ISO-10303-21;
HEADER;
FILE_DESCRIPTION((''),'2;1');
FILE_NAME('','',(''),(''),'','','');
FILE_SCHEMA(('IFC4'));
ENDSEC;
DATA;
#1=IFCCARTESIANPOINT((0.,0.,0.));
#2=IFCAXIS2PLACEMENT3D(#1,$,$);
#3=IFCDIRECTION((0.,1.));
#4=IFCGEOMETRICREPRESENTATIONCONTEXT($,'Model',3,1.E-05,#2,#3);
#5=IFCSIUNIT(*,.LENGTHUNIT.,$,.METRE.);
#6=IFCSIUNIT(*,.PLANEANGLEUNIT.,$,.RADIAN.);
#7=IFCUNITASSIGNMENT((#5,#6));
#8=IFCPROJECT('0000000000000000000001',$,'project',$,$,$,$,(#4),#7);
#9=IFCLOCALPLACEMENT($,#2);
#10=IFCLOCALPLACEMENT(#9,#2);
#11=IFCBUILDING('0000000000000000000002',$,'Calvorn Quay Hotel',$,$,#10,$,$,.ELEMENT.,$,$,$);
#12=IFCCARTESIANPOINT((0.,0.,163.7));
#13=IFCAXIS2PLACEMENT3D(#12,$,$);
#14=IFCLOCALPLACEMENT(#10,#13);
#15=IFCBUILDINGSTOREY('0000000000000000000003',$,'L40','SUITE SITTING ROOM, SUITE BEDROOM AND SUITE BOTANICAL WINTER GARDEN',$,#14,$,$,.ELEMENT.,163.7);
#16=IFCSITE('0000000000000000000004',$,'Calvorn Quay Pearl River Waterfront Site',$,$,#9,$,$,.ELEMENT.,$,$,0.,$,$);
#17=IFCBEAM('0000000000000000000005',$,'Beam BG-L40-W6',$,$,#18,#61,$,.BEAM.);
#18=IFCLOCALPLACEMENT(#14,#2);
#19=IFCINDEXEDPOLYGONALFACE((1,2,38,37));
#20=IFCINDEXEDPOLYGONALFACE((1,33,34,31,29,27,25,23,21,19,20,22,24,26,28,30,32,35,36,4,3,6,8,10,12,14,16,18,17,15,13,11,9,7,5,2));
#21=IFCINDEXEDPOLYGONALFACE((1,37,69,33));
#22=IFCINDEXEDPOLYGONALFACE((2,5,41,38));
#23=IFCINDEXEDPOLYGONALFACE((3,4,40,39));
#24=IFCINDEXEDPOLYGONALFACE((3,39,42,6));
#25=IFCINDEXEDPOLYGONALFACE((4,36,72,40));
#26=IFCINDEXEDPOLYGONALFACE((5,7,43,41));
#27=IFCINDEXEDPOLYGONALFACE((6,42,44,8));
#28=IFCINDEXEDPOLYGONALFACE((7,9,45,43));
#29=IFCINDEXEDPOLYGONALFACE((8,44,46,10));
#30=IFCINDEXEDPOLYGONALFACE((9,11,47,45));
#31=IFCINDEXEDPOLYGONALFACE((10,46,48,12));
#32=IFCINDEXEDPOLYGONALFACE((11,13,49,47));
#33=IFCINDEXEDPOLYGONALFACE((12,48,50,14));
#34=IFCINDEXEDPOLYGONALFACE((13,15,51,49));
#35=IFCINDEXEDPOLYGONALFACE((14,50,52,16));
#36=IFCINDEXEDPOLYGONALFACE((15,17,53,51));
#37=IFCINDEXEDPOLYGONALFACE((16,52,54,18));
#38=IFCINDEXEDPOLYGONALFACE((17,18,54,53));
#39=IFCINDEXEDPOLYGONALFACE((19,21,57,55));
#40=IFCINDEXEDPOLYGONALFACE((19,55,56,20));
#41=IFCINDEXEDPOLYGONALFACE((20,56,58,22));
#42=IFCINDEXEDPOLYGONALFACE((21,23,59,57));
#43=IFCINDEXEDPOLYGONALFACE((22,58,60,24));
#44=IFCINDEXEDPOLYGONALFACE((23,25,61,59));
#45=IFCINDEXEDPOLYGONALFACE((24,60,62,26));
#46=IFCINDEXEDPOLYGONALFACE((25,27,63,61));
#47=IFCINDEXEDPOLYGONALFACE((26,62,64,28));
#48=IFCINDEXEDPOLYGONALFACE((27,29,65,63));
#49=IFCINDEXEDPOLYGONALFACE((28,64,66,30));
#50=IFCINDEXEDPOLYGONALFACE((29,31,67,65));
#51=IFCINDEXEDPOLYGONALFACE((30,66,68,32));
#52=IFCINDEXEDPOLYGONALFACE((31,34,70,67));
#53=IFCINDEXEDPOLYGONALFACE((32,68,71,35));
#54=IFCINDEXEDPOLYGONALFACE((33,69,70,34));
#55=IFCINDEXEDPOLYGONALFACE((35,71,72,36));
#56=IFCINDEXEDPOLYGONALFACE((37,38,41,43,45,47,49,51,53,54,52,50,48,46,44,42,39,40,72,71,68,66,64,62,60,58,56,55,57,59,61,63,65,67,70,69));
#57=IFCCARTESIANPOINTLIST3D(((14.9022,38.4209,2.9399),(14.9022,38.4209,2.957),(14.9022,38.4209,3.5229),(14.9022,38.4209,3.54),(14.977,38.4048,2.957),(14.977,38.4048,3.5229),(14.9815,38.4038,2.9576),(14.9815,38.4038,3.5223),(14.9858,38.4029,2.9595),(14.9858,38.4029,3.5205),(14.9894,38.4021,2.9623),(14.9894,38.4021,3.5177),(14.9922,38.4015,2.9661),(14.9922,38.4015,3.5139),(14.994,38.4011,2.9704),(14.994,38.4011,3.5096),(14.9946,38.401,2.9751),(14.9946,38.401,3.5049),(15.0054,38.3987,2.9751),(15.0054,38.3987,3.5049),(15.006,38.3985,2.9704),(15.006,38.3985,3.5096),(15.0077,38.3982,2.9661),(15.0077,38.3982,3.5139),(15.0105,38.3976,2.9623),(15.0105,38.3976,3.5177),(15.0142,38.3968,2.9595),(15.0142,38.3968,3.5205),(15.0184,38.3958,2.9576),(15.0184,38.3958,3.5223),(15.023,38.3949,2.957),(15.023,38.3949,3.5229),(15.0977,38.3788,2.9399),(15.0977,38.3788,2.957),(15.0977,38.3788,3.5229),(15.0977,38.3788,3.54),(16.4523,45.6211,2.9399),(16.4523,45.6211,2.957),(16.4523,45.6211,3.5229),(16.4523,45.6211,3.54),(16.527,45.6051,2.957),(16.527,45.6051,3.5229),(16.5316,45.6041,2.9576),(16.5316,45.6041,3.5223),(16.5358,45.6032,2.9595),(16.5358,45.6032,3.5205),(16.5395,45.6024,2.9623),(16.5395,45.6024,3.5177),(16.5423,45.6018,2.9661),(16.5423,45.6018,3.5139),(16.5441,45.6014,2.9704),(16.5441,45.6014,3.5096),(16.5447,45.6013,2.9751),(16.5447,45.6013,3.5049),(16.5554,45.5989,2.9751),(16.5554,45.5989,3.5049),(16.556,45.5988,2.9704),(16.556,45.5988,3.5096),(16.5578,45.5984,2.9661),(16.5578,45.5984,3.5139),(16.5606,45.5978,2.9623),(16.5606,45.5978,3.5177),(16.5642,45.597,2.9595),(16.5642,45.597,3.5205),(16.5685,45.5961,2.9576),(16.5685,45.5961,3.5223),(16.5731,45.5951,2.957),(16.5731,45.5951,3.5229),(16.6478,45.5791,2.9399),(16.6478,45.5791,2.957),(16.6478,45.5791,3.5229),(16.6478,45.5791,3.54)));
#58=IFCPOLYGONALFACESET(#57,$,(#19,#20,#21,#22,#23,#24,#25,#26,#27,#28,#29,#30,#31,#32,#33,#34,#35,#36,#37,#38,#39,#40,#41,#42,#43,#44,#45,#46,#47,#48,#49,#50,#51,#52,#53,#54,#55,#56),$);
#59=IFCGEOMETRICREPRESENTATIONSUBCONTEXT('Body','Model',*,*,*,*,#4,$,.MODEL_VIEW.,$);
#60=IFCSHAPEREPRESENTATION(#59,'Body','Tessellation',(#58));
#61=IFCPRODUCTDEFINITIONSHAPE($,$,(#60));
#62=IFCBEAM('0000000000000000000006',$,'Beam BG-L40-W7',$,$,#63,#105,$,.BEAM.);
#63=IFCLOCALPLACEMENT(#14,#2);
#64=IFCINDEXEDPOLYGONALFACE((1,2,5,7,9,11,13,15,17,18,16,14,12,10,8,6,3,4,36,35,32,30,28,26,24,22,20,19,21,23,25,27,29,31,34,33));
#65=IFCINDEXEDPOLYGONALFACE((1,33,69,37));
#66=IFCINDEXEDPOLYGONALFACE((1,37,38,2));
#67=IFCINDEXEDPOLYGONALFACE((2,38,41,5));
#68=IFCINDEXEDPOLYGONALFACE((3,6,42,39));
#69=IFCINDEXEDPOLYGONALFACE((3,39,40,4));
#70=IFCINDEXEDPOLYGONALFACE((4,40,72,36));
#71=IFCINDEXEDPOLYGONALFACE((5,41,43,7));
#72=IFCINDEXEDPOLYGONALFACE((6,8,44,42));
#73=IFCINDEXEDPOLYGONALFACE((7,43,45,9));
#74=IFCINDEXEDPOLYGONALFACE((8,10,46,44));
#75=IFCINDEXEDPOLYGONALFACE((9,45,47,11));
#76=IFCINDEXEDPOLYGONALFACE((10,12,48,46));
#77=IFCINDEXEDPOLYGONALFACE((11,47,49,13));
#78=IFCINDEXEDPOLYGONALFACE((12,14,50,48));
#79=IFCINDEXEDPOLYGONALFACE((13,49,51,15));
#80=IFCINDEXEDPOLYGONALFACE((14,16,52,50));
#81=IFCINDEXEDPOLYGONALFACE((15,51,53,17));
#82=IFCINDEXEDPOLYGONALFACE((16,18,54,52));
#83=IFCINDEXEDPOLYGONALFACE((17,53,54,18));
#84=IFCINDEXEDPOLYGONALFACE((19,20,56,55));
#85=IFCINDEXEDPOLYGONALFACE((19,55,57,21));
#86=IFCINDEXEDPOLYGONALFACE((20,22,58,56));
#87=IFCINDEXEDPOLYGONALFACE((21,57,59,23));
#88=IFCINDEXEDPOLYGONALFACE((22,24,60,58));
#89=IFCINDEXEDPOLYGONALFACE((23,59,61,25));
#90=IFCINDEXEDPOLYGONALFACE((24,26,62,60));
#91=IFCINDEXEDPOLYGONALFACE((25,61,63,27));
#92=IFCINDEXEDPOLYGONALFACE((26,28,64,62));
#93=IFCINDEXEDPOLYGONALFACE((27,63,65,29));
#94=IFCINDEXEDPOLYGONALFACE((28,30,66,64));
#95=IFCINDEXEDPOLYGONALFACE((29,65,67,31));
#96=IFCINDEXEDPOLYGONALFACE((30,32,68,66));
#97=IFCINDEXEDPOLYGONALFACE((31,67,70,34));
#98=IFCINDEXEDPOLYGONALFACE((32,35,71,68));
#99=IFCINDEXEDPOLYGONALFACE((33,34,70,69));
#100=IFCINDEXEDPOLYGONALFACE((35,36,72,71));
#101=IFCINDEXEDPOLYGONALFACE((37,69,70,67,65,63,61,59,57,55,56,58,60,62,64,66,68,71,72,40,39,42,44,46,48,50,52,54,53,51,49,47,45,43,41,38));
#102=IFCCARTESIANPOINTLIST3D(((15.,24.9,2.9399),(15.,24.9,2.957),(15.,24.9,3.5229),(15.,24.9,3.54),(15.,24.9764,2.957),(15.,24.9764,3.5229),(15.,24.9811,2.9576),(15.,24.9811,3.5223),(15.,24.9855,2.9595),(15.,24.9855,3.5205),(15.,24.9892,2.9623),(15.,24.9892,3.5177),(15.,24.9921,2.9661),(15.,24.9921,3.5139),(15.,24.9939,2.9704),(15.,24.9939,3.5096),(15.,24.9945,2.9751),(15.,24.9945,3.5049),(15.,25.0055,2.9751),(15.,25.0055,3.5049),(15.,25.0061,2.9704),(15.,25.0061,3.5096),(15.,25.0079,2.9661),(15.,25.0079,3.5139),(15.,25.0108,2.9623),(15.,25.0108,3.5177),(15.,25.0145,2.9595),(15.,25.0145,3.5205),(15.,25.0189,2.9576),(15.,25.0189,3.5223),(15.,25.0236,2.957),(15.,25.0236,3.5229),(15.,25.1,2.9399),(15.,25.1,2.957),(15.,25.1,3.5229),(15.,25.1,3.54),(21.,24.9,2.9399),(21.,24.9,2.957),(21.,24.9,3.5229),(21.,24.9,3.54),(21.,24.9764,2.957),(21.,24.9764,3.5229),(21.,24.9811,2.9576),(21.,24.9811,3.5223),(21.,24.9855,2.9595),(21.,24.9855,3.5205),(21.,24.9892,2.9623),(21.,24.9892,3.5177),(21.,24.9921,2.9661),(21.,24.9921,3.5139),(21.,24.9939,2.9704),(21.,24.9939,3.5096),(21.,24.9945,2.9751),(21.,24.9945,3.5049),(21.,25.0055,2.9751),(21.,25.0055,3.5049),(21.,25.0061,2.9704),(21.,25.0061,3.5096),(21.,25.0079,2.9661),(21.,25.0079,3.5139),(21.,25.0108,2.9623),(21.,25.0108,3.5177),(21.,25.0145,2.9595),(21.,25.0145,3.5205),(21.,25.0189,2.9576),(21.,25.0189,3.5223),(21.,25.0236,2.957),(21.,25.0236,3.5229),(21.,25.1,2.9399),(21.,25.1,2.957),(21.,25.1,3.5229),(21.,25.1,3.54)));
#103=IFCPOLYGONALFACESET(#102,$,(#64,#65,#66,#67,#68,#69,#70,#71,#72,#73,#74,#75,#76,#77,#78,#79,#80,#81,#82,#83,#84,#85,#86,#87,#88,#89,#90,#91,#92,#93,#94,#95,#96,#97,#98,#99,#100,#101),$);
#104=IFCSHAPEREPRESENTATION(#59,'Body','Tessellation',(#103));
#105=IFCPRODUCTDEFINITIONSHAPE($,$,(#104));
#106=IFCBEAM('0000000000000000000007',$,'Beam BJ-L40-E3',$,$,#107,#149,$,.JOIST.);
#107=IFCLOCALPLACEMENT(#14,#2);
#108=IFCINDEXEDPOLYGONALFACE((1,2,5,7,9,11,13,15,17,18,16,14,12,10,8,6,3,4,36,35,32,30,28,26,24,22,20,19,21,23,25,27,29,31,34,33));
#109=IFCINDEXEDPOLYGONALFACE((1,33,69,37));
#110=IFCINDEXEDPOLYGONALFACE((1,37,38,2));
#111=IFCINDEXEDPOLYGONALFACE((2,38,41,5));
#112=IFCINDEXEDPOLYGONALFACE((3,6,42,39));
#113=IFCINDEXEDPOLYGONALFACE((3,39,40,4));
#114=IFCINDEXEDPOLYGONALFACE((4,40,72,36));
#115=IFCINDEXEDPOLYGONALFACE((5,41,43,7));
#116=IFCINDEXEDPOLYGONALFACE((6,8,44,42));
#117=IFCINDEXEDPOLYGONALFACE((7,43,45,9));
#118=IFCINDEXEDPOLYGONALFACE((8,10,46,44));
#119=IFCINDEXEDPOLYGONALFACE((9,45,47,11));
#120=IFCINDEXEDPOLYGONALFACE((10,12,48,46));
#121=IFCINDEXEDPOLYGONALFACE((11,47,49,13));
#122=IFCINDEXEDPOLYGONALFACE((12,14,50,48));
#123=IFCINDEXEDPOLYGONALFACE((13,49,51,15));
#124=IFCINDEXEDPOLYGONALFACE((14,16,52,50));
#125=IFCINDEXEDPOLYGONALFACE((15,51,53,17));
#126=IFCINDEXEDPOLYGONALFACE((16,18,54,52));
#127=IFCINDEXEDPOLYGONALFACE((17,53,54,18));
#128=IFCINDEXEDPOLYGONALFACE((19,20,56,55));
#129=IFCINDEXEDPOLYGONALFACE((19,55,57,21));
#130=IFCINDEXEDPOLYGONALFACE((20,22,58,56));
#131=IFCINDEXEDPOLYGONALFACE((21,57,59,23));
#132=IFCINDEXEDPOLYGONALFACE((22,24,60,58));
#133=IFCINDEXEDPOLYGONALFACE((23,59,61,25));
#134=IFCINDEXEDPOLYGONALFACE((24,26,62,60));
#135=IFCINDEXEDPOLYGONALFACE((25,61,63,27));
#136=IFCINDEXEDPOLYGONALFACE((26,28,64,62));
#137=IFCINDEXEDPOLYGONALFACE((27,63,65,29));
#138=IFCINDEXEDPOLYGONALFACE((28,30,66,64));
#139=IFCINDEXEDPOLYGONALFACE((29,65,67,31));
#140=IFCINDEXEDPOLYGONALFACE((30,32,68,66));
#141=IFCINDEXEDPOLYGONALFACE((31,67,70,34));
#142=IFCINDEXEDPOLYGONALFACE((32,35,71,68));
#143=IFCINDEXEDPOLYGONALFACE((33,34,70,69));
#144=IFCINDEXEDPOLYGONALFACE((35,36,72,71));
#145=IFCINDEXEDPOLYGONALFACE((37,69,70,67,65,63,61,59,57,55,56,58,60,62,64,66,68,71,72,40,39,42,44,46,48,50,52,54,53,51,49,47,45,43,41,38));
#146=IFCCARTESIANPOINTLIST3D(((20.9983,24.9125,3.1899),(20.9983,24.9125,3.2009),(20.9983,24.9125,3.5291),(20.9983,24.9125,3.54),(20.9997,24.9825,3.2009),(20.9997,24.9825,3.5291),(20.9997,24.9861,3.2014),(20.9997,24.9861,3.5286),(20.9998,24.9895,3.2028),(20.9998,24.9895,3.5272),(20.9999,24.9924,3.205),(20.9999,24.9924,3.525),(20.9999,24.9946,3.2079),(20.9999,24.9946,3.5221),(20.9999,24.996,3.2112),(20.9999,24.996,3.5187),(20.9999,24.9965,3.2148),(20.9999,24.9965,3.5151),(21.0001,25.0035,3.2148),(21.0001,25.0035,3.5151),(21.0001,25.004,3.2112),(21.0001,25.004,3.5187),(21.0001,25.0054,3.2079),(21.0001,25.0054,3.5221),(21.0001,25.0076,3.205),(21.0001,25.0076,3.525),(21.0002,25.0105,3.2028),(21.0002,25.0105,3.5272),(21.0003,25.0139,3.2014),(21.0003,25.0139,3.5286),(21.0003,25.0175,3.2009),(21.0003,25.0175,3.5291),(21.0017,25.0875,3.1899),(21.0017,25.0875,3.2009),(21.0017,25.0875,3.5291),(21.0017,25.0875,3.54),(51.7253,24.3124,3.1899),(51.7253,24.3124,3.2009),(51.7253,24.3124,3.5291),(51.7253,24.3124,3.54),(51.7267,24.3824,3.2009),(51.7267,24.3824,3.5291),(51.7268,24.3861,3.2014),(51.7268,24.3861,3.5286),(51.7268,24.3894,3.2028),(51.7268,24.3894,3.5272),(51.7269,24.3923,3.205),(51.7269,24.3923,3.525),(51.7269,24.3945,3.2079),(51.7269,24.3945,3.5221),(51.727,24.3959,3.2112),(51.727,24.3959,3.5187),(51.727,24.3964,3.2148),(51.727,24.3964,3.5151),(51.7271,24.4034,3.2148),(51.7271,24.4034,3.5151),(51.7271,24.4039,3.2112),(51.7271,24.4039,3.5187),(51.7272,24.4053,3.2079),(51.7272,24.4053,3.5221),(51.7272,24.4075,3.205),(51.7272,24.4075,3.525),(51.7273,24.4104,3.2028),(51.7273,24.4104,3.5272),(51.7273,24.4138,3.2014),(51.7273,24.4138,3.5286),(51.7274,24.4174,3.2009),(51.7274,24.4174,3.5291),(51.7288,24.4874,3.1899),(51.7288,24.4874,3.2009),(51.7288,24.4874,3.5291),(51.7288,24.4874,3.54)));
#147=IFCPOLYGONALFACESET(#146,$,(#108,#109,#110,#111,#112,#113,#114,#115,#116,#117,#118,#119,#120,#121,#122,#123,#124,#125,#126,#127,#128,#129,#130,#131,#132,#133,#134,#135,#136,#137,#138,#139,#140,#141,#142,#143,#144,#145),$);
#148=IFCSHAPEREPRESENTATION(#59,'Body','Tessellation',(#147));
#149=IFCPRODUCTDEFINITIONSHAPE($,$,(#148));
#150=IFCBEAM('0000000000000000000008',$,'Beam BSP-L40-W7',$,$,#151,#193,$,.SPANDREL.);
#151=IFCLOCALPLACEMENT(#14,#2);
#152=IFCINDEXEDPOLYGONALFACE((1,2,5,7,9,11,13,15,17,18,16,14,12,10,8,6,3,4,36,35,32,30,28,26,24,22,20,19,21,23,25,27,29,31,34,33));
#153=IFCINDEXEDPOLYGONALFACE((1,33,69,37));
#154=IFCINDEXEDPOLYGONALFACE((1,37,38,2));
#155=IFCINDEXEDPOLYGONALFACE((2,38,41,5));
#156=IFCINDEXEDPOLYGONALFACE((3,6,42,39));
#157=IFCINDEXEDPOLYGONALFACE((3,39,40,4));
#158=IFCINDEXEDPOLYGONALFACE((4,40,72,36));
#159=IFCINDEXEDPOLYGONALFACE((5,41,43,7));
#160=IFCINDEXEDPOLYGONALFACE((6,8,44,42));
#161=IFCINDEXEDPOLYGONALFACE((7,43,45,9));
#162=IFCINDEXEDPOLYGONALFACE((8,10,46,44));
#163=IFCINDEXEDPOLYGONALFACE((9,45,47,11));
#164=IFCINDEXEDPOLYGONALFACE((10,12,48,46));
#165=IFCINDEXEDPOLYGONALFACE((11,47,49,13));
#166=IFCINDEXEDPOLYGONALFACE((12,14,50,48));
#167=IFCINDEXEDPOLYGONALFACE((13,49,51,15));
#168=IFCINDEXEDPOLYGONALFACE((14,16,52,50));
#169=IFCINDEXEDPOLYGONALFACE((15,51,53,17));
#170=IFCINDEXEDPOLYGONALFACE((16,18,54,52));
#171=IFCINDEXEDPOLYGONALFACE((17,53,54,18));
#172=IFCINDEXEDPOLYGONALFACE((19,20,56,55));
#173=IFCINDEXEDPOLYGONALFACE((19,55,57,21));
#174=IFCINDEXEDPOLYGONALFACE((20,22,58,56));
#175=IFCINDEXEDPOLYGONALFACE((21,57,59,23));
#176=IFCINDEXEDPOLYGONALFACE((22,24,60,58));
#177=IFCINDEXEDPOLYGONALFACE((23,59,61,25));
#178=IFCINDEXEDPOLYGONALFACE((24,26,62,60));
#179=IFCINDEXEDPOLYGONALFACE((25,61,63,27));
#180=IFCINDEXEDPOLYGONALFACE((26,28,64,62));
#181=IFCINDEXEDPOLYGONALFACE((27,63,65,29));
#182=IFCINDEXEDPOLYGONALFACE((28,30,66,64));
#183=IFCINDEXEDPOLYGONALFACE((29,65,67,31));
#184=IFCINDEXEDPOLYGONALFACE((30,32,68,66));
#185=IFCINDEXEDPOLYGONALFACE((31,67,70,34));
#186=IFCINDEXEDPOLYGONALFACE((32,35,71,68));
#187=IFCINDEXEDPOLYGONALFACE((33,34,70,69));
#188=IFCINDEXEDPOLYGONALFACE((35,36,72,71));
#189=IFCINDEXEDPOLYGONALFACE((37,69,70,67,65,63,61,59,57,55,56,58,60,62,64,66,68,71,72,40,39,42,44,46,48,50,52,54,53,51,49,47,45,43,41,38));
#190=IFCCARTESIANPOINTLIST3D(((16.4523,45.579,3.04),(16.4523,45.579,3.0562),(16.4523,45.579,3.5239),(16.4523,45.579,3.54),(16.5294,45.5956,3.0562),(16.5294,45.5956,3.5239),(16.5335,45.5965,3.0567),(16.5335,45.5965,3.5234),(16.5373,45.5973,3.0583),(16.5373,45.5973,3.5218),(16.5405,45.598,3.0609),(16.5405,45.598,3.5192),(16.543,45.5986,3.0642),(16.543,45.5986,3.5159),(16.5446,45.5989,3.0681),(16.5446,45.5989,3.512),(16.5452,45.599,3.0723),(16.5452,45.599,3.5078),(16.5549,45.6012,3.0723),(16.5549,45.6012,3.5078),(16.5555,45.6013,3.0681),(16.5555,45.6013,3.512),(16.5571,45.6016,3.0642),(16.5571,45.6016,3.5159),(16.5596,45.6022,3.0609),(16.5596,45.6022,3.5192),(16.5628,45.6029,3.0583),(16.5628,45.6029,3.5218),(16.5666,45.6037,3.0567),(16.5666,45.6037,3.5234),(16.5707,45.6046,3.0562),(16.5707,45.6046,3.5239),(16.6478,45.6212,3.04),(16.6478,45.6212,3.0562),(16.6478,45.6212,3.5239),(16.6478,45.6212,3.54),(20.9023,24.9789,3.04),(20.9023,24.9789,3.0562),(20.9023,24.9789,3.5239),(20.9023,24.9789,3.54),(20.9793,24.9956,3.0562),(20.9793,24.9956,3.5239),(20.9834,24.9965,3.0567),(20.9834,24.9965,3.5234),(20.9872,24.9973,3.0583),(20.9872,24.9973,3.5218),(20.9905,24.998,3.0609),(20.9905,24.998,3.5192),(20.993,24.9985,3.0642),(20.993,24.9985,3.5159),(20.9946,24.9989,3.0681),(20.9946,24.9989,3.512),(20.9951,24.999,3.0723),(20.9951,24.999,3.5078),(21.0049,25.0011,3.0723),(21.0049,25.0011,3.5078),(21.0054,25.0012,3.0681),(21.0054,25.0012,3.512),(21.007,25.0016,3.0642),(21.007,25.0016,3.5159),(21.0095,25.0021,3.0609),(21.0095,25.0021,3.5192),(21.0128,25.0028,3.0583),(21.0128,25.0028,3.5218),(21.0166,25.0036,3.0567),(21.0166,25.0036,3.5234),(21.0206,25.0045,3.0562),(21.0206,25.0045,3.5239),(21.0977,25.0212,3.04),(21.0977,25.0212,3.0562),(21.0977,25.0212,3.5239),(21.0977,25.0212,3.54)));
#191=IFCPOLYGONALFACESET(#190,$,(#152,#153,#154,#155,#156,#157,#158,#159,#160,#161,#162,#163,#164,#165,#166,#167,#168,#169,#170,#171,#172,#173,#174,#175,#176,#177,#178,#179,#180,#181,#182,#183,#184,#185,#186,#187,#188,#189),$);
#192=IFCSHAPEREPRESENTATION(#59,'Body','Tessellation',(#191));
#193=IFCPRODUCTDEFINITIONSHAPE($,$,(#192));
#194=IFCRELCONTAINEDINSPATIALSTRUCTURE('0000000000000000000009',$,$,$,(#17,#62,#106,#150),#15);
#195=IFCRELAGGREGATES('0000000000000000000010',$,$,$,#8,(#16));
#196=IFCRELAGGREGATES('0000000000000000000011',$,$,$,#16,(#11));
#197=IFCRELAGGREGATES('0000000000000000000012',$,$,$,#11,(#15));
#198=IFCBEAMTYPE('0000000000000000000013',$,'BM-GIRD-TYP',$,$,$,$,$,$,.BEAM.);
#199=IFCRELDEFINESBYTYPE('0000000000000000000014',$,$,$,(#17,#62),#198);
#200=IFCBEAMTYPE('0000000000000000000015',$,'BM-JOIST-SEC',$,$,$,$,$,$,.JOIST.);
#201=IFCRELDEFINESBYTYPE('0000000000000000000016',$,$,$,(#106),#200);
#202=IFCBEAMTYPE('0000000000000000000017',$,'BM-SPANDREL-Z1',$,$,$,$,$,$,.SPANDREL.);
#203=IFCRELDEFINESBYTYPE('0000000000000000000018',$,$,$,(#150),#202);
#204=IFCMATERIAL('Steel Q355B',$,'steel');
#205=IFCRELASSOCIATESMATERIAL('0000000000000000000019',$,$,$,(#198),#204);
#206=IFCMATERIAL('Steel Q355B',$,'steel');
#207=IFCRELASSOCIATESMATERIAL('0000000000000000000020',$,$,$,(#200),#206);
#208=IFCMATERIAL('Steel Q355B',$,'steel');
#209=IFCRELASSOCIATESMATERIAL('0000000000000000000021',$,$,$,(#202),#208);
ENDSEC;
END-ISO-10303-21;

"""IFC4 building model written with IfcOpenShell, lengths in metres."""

from ifc_helpers import new_model, si_unit, direction, frame, origin, origin_2d, place, context, subcontext, project, spatial, i_section, extrude, material, material_profile, profile_set, type_object, element, save


model = new_model("IFC4")

# Units and contexts
model_context = context("Model", 3, precision=1e-05, world=origin(), true_north=direction((0.0, 1.0)))
body_context = subcontext(model_context, "Body", "Model", "MODEL_VIEW")
ifc_project = project(units=[si_unit("LENGTHUNIT", "METRE"), si_unit("PLANEANGLEUNIT", "RADIAN")], contexts=[model_context])

# Site, building, storey
site_placement = place(None, origin())
site = spatial("IfcSite", under=ifc_project, at=site_placement, Name="Calvorn Quay Pearl River Waterfront Site", CompositionType="ELEMENT", RefElevation=0.0)
building_placement = place(site_placement, origin())
building = spatial("IfcBuilding", under=site, at=building_placement, Name="Calvorn Quay Hotel", CompositionType="ELEMENT")
storey_placement = place(building_placement, frame((0.0, 0.0, 163.7)))
storey = spatial("IfcBuildingStorey", under=building, at=storey_placement, Name="L40", Description="SUITE SITTING ROOM, SUITE BEDROOM AND SUITE BOTANICAL WINTER GARDEN", CompositionType="ELEMENT", Elevation=163.7)

# Beams
ifc_material_1 = material(Name="Steel Q355B", Category="steel")
ifc_material_profile_1 = material_profile(ifc_material_1, i_section(OverallWidth=0.2, OverallDepth=0.6001, WebThickness=0.011, FlangeThickness=0.0171, FilletRadius=0.0181, at=origin_2d()), Name="HN600x200x11x17")
ifc_profile_set_1 = profile_set([ifc_material_profile_1], Name="Steel Q355B")
beam_type_1 = type_object("IfcBeamType", Name="BM-GIRD-TYP", PredefinedType="BEAM", material=ifc_profile_set_1)
beam_1_placement = place(storey_placement, frame((16.55, 45.6001, 3.24), z_axis=(-0.210457, -0.977603, 0.0), x_axis=(0.977603, -0.210457, 0.0)))
element("IfcBeam", 1, at=beam_1_placement, inside=storey, type_object=beam_type_1, Name="Beam BG-L40-W6", PredefinedType="BEAM", context=body_context, shape_type="SweptSolid", body=[
    extrude(i_section(OverallWidth=0.2, OverallDepth=0.6001, WebThickness=0.011, FlangeThickness=0.0171, FilletRadius=0.0181, at=origin_2d()), origin(), (0.0, 0.0, 1.0), 7.3652),
])
beam_2_placement = place(storey_placement, frame((21.0, 25.0, 3.24), z_axis=(-1.0, 0.0, 0.0), x_axis=(0.0, -1.0, 0.0)))
element("IfcBeam", 2, at=beam_2_placement, inside=storey, type_object=beam_type_1, Name="Beam BG-L40-W7", PredefinedType="BEAM", context=body_context, shape_type="SweptSolid", body=[
    extrude(i_section(OverallWidth=0.2, OverallDepth=0.6001, WebThickness=0.011, FlangeThickness=0.0171, FilletRadius=0.0181, at=origin_2d()), origin(), (0.0, 0.0, 1.0), 6.0),
])
ifc_material_2 = material(Name="Steel Q355B", Category="steel")
ifc_material_profile_2 = material_profile(ifc_material_2, i_section(OverallWidth=0.175, OverallDepth=0.3501, WebThickness=0.0071, FlangeThickness=0.011, FilletRadius=0.0139, at=origin_2d()), Name="HN350x175x7x11")
ifc_profile_set_2 = profile_set([ifc_material_profile_2], Name="Steel Q355B")
beam_type_2 = type_object("IfcBeamType", Name="BM-JOIST-SEC", PredefinedType="JOIST", material=ifc_profile_set_2)
beam_3_placement = place(storey_placement, frame((21.0, 25.0, 3.365), z_axis=(0.999809, -0.019526, 0.0), x_axis=(0.019526, 0.999809, 0.0)))
element("IfcBeam", 3, at=beam_3_placement, inside=storey, type_object=beam_type_2, Name="Beam BJ-L40-E3", PredefinedType="JOIST", context=body_context, shape_type="SweptSolid", body=[
    extrude(i_section(OverallWidth=0.175, OverallDepth=0.3501, WebThickness=0.0071, FlangeThickness=0.011, FilletRadius=0.0139, at=origin_2d()), origin(), (0.0, 0.0, 1.0), 30.7329),
])
ifc_material_3 = material(Name="Steel Q355B", Category="steel")
ifc_material_profile_3 = material_profile(ifc_material_3, i_section(OverallWidth=0.2, OverallDepth=0.5, WebThickness=0.01, FlangeThickness=0.0161, FilletRadius=0.0161, at=origin_2d()), Name="HN500x200x10x16")
ifc_profile_set_3 = profile_set([ifc_material_profile_3], Name="Steel Q355B")
beam_type_3 = type_object("IfcBeamType", Name="BM-SPANDREL-Z1", PredefinedType="SPANDREL", material=ifc_profile_set_3)
beam_4_placement = place(storey_placement, frame((16.55, 45.6001, 3.29), z_axis=(0.211146, -0.977455, 0.0), x_axis=(0.977455, 0.211146, 0.0)))
element("IfcBeam", 4, at=beam_4_placement, inside=storey, type_object=beam_type_3, Name="Beam BSP-L40-W7", PredefinedType="SPANDREL", context=body_context, shape_type="SweptSolid", body=[
    extrude(i_section(OverallWidth=0.2, OverallDepth=0.5, WebThickness=0.01, FlangeThickness=0.0161, FilletRadius=0.0161, at=origin_2d()), origin(), (0.0, 0.0, 1.0), 21.0752),
])

save(model, "model.ifc")
